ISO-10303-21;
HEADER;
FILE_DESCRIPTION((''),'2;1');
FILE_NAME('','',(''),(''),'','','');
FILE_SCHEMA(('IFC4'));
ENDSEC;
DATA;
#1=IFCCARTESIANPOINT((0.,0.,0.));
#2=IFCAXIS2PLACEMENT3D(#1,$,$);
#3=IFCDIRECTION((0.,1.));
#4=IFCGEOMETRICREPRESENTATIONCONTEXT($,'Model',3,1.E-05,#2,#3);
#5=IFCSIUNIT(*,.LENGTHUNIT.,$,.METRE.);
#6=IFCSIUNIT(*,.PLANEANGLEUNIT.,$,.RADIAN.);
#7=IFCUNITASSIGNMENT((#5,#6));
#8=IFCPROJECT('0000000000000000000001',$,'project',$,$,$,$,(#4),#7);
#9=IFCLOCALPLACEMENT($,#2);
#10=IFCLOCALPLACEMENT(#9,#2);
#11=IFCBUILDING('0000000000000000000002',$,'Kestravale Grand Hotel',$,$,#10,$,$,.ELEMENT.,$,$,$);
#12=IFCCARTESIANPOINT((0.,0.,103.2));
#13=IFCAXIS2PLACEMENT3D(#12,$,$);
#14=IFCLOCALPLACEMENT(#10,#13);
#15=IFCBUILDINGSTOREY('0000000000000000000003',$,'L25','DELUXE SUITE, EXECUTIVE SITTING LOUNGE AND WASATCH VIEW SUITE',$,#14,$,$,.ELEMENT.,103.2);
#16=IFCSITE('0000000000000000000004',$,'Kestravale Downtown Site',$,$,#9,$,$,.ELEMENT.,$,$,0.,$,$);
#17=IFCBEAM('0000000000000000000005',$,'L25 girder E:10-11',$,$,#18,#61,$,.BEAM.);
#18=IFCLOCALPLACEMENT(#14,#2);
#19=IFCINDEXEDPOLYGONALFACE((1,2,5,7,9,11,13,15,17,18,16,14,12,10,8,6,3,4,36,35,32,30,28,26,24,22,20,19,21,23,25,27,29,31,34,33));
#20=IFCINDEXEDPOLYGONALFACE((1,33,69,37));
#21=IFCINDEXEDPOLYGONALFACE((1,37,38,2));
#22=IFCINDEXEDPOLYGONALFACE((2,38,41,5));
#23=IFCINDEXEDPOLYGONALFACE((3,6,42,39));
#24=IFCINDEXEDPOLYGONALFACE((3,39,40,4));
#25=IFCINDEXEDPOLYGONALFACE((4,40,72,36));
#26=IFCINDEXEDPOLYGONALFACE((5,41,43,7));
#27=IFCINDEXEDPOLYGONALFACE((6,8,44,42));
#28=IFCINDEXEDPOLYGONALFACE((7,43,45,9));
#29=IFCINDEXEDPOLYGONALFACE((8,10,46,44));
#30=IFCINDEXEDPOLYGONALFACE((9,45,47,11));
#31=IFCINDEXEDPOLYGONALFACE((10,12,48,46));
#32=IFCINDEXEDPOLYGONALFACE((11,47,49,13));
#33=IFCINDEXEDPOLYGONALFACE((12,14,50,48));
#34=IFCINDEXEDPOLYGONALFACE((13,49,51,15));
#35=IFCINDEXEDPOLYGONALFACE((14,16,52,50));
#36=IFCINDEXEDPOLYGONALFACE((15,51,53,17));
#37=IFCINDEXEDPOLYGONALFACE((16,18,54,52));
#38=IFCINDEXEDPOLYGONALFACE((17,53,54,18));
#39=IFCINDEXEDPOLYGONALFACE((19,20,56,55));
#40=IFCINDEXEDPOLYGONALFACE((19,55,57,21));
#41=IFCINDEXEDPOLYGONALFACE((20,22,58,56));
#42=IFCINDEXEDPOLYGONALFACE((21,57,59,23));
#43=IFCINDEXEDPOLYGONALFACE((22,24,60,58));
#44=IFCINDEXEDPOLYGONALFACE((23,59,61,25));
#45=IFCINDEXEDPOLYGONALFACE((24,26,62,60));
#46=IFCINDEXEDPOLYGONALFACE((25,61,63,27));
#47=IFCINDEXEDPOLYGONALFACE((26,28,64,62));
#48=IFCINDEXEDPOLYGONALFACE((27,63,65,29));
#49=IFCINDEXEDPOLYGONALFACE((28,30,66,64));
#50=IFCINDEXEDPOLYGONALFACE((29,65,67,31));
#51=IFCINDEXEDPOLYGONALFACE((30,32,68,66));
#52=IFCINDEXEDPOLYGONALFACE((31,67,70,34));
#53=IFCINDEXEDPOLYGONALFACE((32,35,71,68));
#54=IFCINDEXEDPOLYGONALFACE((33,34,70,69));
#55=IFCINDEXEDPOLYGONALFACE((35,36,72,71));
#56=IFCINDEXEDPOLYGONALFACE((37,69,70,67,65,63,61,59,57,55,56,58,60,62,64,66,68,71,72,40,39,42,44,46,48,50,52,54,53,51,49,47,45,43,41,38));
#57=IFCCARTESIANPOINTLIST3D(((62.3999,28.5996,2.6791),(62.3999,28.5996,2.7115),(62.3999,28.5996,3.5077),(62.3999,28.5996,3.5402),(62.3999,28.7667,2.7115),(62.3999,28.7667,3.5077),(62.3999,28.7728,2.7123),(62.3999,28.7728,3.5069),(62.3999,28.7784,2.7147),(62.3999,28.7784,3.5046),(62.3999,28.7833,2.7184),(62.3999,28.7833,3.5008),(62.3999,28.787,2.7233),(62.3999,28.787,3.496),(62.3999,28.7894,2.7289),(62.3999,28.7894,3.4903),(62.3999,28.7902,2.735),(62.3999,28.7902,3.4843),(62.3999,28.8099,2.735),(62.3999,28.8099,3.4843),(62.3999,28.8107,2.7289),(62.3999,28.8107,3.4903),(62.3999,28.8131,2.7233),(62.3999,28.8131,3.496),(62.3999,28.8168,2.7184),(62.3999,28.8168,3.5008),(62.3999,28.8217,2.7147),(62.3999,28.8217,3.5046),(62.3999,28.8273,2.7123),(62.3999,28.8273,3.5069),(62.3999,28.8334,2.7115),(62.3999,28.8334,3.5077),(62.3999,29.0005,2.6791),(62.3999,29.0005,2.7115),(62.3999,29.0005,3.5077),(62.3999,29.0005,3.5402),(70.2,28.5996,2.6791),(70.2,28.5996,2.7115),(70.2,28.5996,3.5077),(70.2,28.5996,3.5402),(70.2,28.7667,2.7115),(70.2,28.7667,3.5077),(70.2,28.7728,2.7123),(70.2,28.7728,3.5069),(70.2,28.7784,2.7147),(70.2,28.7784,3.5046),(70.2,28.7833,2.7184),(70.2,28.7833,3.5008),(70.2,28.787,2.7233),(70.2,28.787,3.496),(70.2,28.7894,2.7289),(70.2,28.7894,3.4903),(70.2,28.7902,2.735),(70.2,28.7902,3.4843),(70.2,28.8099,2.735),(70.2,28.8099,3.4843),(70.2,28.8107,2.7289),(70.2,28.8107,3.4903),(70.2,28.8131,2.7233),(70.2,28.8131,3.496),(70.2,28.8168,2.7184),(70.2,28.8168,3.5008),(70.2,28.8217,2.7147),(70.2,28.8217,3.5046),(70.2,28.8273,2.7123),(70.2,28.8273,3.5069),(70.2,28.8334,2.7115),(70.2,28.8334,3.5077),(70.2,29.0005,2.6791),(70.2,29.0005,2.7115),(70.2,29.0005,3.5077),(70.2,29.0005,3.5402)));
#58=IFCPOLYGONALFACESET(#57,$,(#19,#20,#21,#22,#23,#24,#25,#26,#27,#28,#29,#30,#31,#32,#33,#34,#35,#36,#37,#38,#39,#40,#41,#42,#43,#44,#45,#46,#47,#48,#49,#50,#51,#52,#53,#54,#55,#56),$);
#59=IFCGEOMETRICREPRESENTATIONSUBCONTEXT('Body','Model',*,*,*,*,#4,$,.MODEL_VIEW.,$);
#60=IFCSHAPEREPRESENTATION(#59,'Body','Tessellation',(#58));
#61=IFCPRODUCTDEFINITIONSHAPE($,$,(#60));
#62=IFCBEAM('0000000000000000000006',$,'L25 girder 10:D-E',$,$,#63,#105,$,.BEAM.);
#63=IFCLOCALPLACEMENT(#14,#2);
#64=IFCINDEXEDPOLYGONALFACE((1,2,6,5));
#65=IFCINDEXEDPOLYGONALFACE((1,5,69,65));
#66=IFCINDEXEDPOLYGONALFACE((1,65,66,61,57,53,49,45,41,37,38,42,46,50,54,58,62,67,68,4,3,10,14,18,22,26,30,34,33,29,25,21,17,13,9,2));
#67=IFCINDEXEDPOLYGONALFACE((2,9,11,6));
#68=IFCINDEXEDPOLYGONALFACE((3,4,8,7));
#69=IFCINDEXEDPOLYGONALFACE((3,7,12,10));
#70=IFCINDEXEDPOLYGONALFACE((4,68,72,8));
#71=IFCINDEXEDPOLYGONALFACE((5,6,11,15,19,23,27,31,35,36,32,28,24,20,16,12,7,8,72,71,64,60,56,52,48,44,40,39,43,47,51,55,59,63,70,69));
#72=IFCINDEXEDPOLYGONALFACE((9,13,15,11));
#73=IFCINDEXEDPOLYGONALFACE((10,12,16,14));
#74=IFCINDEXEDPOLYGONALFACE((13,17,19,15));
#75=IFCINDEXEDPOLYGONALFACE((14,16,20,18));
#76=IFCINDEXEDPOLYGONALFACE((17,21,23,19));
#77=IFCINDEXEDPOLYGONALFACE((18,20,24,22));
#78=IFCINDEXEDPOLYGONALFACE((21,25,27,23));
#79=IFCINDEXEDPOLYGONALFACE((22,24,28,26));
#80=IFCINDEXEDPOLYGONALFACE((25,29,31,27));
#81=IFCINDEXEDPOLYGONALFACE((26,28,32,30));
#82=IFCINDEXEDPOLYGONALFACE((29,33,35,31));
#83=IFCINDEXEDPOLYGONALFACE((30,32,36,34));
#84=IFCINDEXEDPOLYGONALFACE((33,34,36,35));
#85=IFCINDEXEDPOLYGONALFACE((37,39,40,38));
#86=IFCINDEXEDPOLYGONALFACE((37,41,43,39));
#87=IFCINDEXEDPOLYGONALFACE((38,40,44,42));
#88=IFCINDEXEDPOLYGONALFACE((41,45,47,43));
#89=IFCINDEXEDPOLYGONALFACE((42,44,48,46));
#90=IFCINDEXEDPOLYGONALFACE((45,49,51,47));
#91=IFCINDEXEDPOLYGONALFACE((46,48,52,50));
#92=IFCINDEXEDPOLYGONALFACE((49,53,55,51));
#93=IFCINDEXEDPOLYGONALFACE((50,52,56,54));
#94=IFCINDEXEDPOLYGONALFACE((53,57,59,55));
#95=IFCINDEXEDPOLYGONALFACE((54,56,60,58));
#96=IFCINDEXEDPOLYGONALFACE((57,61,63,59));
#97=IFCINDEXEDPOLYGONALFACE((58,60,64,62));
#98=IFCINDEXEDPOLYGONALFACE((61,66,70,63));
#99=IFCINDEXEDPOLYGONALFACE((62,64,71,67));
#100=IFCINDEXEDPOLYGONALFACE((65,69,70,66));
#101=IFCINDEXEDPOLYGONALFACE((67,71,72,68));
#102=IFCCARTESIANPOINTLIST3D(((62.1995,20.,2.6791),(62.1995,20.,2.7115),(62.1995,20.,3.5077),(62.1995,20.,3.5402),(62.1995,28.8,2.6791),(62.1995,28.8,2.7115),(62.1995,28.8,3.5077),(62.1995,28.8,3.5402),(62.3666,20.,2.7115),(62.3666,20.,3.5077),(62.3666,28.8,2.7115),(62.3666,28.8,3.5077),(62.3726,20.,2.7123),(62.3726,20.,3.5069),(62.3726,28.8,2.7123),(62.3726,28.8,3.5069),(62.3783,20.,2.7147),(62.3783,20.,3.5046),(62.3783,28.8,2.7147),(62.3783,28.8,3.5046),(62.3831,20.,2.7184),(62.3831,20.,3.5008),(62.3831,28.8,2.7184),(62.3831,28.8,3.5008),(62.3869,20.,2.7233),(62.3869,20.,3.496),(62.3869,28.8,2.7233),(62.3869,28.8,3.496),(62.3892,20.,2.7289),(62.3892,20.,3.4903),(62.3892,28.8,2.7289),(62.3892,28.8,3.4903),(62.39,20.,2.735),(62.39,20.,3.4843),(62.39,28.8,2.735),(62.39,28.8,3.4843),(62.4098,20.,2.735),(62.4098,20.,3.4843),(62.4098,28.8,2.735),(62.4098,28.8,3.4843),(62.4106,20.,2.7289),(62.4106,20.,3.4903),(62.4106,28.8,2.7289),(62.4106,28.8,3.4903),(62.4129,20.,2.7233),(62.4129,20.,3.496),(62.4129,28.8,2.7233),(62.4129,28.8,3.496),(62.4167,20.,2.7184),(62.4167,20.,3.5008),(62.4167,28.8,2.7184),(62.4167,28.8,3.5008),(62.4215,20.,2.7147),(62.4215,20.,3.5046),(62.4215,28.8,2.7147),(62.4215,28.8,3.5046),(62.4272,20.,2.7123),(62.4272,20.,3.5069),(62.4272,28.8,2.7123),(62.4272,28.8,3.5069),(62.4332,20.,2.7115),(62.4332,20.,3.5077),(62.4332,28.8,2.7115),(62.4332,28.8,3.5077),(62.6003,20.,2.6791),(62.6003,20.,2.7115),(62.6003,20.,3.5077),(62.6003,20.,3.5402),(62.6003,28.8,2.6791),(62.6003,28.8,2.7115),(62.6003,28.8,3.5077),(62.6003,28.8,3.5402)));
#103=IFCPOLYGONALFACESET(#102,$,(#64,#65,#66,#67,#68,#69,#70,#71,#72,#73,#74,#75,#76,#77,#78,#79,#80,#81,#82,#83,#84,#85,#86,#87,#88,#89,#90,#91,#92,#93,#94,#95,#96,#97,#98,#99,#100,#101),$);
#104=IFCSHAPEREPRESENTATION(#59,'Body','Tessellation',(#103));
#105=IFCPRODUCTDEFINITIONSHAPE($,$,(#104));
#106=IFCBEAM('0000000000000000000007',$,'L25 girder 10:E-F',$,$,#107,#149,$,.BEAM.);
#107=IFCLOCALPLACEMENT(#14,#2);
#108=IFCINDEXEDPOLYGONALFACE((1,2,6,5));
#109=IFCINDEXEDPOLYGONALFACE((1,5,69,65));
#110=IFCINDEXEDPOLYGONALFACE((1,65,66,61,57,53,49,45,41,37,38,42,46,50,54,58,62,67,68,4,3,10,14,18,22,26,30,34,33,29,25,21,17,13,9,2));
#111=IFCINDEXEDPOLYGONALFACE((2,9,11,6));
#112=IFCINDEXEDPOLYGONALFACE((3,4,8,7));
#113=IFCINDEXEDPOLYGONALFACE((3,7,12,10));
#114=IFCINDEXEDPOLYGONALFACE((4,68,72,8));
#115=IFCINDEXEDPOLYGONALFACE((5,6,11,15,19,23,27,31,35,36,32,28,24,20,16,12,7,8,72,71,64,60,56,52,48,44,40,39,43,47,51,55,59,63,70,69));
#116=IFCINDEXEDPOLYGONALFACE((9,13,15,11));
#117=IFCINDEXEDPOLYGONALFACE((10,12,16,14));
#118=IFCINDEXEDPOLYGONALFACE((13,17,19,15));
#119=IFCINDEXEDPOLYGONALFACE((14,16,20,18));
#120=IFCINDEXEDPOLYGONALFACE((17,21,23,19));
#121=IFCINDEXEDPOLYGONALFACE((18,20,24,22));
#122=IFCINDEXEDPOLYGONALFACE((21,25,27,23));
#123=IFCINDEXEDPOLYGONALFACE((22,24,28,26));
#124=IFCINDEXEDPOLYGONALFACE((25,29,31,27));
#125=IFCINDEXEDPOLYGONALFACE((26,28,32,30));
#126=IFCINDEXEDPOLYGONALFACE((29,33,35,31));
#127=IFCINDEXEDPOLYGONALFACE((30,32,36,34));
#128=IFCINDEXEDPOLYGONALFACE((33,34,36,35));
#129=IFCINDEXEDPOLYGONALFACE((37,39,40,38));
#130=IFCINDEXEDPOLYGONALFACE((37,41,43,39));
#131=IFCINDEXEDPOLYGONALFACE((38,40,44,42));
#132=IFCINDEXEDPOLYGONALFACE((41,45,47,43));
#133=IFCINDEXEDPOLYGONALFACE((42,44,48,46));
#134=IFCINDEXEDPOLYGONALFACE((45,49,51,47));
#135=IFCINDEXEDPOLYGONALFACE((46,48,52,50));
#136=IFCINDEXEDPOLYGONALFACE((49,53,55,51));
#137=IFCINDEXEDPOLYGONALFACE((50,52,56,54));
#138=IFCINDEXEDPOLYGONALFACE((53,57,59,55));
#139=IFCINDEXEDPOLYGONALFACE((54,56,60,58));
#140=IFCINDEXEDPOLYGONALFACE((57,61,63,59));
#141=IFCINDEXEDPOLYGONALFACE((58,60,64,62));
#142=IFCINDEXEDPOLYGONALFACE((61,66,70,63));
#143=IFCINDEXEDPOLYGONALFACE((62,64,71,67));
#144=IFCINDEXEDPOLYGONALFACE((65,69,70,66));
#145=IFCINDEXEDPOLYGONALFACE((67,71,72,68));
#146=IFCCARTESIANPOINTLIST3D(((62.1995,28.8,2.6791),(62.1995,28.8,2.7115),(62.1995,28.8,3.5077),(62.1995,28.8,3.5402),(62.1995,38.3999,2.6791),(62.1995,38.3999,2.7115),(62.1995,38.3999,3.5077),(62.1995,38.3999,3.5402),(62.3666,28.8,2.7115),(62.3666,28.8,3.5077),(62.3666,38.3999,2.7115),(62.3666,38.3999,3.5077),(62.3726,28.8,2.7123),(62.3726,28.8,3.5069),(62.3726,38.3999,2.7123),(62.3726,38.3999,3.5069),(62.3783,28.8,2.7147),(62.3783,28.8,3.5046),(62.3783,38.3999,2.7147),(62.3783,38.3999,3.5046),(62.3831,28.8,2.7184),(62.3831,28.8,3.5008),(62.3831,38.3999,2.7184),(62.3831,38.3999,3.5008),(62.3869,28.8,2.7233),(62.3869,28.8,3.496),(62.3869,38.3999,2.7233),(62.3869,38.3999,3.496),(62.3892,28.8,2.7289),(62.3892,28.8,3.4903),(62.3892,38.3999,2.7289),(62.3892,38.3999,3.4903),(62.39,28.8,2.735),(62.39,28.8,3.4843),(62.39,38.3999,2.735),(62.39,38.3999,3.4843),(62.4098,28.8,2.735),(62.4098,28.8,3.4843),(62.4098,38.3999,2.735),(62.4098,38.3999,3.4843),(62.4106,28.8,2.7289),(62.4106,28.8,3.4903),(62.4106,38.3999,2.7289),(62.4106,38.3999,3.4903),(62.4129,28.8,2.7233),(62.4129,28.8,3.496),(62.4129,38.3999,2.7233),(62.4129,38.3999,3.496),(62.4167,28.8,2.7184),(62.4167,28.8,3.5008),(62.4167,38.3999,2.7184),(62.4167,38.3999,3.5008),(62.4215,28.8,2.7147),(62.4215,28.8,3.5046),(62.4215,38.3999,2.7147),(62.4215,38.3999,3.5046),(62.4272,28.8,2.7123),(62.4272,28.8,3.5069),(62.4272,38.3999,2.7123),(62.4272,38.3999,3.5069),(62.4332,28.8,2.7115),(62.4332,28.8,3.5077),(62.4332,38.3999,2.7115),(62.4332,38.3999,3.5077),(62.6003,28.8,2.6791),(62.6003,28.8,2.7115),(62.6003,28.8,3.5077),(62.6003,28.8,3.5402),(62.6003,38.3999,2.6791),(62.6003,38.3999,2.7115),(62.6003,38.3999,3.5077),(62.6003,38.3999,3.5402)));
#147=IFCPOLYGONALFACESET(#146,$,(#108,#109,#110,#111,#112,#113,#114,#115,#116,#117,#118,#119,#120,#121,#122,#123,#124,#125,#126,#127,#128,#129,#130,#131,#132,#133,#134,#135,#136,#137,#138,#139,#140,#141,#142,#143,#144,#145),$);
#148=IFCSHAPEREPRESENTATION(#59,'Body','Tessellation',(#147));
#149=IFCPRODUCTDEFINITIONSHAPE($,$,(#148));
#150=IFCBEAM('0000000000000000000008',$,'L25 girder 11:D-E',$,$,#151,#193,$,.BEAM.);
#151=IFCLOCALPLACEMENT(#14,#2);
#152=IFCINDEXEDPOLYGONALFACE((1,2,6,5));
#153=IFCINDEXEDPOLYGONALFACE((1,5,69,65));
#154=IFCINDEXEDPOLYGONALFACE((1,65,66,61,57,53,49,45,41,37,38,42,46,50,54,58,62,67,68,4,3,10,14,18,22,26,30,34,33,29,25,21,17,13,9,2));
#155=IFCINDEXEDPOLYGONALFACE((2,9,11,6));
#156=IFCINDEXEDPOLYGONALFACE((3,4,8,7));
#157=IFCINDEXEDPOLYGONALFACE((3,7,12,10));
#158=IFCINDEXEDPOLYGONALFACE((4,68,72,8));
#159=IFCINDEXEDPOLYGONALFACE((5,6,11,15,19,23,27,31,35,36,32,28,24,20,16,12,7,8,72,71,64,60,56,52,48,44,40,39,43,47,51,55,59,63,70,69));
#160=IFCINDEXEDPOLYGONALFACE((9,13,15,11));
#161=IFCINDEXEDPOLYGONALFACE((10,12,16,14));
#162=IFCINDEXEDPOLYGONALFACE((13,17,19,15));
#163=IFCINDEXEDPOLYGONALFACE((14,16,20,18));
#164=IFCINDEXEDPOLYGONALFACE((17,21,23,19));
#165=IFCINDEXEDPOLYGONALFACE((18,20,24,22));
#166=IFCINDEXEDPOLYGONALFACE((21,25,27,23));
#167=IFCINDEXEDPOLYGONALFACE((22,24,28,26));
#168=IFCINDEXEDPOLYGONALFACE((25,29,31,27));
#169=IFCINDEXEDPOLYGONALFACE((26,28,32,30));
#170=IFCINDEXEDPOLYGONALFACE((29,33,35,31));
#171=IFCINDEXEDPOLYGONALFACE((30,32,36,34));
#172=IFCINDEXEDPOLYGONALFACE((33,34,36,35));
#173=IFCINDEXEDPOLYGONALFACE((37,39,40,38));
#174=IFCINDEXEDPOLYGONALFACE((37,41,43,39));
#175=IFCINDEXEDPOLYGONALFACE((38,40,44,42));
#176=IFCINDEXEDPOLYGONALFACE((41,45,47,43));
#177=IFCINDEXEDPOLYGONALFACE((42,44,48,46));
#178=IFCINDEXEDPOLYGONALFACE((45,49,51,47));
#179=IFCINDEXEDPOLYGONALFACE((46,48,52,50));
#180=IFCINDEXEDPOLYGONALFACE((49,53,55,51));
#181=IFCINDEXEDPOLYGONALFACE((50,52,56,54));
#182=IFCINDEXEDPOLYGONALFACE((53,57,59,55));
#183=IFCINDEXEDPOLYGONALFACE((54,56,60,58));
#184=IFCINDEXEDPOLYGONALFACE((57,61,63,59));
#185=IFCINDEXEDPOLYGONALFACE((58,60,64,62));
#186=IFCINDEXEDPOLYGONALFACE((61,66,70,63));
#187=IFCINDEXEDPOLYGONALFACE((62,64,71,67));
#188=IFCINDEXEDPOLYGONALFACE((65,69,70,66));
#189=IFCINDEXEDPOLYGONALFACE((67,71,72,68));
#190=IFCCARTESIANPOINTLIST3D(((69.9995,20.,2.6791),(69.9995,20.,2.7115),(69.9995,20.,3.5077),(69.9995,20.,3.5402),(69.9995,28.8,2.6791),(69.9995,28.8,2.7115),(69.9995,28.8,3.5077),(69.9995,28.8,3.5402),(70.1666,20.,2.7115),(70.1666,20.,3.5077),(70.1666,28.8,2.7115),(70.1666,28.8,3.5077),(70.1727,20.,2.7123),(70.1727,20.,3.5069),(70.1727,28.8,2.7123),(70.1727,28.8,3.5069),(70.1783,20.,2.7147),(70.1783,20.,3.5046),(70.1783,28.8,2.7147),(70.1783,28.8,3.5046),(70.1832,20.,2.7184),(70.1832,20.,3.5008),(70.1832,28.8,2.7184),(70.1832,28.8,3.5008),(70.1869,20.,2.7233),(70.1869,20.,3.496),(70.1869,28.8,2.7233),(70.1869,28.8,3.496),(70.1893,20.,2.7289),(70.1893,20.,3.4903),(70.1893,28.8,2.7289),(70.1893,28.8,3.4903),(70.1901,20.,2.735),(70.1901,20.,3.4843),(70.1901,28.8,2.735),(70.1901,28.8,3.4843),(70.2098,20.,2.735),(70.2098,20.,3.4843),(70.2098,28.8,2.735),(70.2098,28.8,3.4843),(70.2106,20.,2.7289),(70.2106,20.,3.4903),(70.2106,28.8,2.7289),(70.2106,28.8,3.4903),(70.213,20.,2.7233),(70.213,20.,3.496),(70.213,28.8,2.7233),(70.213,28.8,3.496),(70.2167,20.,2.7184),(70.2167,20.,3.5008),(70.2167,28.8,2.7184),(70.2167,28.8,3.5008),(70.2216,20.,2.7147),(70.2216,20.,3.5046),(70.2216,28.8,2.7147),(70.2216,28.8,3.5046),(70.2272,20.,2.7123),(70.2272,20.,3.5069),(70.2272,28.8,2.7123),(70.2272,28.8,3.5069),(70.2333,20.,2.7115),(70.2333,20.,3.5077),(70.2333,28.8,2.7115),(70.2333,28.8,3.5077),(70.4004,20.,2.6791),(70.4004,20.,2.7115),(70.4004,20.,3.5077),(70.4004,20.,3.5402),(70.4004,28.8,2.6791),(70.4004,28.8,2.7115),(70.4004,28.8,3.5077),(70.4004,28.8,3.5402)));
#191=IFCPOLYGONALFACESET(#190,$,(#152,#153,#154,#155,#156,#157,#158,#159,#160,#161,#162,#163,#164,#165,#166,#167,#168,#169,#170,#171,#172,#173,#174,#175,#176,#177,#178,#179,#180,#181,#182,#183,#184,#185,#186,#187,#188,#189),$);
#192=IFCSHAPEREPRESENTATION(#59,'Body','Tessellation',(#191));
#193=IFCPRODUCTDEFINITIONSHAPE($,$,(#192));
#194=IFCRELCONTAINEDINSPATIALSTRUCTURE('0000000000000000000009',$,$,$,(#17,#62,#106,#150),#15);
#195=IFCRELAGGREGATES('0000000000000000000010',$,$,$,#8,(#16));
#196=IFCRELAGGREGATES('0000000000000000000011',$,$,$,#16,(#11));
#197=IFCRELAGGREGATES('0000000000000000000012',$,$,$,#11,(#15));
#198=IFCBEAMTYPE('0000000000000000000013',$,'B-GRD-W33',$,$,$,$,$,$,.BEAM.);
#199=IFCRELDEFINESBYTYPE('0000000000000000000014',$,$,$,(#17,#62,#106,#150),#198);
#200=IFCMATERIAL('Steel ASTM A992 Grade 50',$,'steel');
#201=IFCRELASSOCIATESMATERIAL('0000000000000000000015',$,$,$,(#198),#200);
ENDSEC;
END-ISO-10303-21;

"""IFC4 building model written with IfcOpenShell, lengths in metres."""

from ifc_helpers import new_model, si_unit, direction, frame, origin, origin_2d, place, context, subcontext, project, spatial, i_section, extrude, material, material_profile, profile_set, type_object, element, save


model = new_model("IFC4")

# Units and contexts
model_context = context("Model", 3, precision=1e-05, world=origin(), true_north=direction((0.0, 1.0)))
body_context = subcontext(model_context, "Body", "Model", "MODEL_VIEW")
ifc_project = project(units=[si_unit("LENGTHUNIT", "METRE"), si_unit("PLANEANGLEUNIT", "RADIAN")], contexts=[model_context])

# Site, building, storey
site_placement = place(None, origin())
site = spatial("IfcSite", under=ifc_project, at=site_placement, Name="Kestravale Downtown Site", CompositionType="ELEMENT", RefElevation=0.0)
building_placement = place(site_placement, origin())
building = spatial("IfcBuilding", under=site, at=building_placement, Name="Kestravale Grand Hotel", CompositionType="ELEMENT")
storey_placement = place(building_placement, frame((0.0, 0.0, 103.2)))
storey = spatial("IfcBuildingStorey", under=building, at=storey_placement, Name="L25", Description="DELUXE SUITE, EXECUTIVE SITTING LOUNGE AND WASATCH VIEW SUITE", CompositionType="ELEMENT", Elevation=103.2)

# Beams
ifc_material_1 = material(Name="Steel ASTM A992 Grade 50", Category="steel")
ifc_material_profile_1 = material_profile(ifc_material_1, i_section(OverallWidth=0.4009, OverallDepth=0.8611, WebThickness=0.0198, FlangeThickness=0.0325, FilletRadius=0.0234, at=origin_2d()))
ifc_profile_set_1 = profile_set([ifc_material_profile_1], Name="Steel ASTM A992 Grade 50")
beam_type_1 = type_object("IfcBeamType", Name="B-GRD-W33", PredefinedType="BEAM", material=ifc_profile_set_1)
for number, where, z_axis, x_axis, name in (
    (1, (62.3999, 28.8, 3.1096), (1.0, 0.0, 0.0), (0.0, 1.0, 0.0), "L25 girder E:10-11"),
):
    element("IfcBeam", number, at=place(storey_placement, frame(where, z_axis=z_axis, x_axis=x_axis)), inside=storey, type_object=beam_type_1, Name=name, PredefinedType="BEAM", context=body_context, shape_type="SweptSolid", body=[
        extrude(i_section(OverallWidth=0.4009, OverallDepth=0.8611, WebThickness=0.0198, FlangeThickness=0.0325, FilletRadius=0.0234, at=origin_2d()), origin(), (0.0, 0.0, 1.0), 7.8),
    ])
beam_1_placement = place(storey_placement, frame((62.3999, 20.0, 3.1096), z_axis=(0.0, 1.0, 0.0), x_axis=(-1.0, 0.0, 0.0)))
element("IfcBeam", 2, at=beam_1_placement, inside=storey, type_object=beam_type_1, Name="L25 girder 10:D-E", PredefinedType="BEAM", context=body_context, shape_type="SweptSolid", body=[
    extrude(i_section(OverallWidth=0.4009, OverallDepth=0.8611, WebThickness=0.0198, FlangeThickness=0.0325, FilletRadius=0.0234, at=origin_2d()), origin(), (0.0, 0.0, 1.0), 8.8),
])
beam_2_placement = place(storey_placement, frame((62.3999, 28.8, 3.1096), z_axis=(0.0, 1.0, 0.0), x_axis=(-1.0, 0.0, 0.0)))
element("IfcBeam", 3, at=beam_2_placement, inside=storey, type_object=beam_type_1, Name="L25 girder 10:E-F", PredefinedType="BEAM", context=body_context, shape_type="SweptSolid", body=[
    extrude(i_section(OverallWidth=0.4009, OverallDepth=0.8611, WebThickness=0.0198, FlangeThickness=0.0325, FilletRadius=0.0234, at=origin_2d()), origin(), (0.0, 0.0, 1.0), 9.5999),
])
beam_3_placement = place(storey_placement, frame((70.2, 20.0, 3.1096), z_axis=(0.0, 1.0, 0.0), x_axis=(-1.0, 0.0, 0.0)))
element("IfcBeam", 4, at=beam_3_placement, inside=storey, type_object=beam_type_1, Name="L25 girder 11:D-E", PredefinedType="BEAM", context=body_context, shape_type="SweptSolid", body=[
    extrude(i_section(OverallWidth=0.4009, OverallDepth=0.8611, WebThickness=0.0198, FlangeThickness=0.0325, FilletRadius=0.0234, at=origin_2d()), origin(), (0.0, 0.0, 1.0), 8.8),
])

save(model, "model.ifc")
